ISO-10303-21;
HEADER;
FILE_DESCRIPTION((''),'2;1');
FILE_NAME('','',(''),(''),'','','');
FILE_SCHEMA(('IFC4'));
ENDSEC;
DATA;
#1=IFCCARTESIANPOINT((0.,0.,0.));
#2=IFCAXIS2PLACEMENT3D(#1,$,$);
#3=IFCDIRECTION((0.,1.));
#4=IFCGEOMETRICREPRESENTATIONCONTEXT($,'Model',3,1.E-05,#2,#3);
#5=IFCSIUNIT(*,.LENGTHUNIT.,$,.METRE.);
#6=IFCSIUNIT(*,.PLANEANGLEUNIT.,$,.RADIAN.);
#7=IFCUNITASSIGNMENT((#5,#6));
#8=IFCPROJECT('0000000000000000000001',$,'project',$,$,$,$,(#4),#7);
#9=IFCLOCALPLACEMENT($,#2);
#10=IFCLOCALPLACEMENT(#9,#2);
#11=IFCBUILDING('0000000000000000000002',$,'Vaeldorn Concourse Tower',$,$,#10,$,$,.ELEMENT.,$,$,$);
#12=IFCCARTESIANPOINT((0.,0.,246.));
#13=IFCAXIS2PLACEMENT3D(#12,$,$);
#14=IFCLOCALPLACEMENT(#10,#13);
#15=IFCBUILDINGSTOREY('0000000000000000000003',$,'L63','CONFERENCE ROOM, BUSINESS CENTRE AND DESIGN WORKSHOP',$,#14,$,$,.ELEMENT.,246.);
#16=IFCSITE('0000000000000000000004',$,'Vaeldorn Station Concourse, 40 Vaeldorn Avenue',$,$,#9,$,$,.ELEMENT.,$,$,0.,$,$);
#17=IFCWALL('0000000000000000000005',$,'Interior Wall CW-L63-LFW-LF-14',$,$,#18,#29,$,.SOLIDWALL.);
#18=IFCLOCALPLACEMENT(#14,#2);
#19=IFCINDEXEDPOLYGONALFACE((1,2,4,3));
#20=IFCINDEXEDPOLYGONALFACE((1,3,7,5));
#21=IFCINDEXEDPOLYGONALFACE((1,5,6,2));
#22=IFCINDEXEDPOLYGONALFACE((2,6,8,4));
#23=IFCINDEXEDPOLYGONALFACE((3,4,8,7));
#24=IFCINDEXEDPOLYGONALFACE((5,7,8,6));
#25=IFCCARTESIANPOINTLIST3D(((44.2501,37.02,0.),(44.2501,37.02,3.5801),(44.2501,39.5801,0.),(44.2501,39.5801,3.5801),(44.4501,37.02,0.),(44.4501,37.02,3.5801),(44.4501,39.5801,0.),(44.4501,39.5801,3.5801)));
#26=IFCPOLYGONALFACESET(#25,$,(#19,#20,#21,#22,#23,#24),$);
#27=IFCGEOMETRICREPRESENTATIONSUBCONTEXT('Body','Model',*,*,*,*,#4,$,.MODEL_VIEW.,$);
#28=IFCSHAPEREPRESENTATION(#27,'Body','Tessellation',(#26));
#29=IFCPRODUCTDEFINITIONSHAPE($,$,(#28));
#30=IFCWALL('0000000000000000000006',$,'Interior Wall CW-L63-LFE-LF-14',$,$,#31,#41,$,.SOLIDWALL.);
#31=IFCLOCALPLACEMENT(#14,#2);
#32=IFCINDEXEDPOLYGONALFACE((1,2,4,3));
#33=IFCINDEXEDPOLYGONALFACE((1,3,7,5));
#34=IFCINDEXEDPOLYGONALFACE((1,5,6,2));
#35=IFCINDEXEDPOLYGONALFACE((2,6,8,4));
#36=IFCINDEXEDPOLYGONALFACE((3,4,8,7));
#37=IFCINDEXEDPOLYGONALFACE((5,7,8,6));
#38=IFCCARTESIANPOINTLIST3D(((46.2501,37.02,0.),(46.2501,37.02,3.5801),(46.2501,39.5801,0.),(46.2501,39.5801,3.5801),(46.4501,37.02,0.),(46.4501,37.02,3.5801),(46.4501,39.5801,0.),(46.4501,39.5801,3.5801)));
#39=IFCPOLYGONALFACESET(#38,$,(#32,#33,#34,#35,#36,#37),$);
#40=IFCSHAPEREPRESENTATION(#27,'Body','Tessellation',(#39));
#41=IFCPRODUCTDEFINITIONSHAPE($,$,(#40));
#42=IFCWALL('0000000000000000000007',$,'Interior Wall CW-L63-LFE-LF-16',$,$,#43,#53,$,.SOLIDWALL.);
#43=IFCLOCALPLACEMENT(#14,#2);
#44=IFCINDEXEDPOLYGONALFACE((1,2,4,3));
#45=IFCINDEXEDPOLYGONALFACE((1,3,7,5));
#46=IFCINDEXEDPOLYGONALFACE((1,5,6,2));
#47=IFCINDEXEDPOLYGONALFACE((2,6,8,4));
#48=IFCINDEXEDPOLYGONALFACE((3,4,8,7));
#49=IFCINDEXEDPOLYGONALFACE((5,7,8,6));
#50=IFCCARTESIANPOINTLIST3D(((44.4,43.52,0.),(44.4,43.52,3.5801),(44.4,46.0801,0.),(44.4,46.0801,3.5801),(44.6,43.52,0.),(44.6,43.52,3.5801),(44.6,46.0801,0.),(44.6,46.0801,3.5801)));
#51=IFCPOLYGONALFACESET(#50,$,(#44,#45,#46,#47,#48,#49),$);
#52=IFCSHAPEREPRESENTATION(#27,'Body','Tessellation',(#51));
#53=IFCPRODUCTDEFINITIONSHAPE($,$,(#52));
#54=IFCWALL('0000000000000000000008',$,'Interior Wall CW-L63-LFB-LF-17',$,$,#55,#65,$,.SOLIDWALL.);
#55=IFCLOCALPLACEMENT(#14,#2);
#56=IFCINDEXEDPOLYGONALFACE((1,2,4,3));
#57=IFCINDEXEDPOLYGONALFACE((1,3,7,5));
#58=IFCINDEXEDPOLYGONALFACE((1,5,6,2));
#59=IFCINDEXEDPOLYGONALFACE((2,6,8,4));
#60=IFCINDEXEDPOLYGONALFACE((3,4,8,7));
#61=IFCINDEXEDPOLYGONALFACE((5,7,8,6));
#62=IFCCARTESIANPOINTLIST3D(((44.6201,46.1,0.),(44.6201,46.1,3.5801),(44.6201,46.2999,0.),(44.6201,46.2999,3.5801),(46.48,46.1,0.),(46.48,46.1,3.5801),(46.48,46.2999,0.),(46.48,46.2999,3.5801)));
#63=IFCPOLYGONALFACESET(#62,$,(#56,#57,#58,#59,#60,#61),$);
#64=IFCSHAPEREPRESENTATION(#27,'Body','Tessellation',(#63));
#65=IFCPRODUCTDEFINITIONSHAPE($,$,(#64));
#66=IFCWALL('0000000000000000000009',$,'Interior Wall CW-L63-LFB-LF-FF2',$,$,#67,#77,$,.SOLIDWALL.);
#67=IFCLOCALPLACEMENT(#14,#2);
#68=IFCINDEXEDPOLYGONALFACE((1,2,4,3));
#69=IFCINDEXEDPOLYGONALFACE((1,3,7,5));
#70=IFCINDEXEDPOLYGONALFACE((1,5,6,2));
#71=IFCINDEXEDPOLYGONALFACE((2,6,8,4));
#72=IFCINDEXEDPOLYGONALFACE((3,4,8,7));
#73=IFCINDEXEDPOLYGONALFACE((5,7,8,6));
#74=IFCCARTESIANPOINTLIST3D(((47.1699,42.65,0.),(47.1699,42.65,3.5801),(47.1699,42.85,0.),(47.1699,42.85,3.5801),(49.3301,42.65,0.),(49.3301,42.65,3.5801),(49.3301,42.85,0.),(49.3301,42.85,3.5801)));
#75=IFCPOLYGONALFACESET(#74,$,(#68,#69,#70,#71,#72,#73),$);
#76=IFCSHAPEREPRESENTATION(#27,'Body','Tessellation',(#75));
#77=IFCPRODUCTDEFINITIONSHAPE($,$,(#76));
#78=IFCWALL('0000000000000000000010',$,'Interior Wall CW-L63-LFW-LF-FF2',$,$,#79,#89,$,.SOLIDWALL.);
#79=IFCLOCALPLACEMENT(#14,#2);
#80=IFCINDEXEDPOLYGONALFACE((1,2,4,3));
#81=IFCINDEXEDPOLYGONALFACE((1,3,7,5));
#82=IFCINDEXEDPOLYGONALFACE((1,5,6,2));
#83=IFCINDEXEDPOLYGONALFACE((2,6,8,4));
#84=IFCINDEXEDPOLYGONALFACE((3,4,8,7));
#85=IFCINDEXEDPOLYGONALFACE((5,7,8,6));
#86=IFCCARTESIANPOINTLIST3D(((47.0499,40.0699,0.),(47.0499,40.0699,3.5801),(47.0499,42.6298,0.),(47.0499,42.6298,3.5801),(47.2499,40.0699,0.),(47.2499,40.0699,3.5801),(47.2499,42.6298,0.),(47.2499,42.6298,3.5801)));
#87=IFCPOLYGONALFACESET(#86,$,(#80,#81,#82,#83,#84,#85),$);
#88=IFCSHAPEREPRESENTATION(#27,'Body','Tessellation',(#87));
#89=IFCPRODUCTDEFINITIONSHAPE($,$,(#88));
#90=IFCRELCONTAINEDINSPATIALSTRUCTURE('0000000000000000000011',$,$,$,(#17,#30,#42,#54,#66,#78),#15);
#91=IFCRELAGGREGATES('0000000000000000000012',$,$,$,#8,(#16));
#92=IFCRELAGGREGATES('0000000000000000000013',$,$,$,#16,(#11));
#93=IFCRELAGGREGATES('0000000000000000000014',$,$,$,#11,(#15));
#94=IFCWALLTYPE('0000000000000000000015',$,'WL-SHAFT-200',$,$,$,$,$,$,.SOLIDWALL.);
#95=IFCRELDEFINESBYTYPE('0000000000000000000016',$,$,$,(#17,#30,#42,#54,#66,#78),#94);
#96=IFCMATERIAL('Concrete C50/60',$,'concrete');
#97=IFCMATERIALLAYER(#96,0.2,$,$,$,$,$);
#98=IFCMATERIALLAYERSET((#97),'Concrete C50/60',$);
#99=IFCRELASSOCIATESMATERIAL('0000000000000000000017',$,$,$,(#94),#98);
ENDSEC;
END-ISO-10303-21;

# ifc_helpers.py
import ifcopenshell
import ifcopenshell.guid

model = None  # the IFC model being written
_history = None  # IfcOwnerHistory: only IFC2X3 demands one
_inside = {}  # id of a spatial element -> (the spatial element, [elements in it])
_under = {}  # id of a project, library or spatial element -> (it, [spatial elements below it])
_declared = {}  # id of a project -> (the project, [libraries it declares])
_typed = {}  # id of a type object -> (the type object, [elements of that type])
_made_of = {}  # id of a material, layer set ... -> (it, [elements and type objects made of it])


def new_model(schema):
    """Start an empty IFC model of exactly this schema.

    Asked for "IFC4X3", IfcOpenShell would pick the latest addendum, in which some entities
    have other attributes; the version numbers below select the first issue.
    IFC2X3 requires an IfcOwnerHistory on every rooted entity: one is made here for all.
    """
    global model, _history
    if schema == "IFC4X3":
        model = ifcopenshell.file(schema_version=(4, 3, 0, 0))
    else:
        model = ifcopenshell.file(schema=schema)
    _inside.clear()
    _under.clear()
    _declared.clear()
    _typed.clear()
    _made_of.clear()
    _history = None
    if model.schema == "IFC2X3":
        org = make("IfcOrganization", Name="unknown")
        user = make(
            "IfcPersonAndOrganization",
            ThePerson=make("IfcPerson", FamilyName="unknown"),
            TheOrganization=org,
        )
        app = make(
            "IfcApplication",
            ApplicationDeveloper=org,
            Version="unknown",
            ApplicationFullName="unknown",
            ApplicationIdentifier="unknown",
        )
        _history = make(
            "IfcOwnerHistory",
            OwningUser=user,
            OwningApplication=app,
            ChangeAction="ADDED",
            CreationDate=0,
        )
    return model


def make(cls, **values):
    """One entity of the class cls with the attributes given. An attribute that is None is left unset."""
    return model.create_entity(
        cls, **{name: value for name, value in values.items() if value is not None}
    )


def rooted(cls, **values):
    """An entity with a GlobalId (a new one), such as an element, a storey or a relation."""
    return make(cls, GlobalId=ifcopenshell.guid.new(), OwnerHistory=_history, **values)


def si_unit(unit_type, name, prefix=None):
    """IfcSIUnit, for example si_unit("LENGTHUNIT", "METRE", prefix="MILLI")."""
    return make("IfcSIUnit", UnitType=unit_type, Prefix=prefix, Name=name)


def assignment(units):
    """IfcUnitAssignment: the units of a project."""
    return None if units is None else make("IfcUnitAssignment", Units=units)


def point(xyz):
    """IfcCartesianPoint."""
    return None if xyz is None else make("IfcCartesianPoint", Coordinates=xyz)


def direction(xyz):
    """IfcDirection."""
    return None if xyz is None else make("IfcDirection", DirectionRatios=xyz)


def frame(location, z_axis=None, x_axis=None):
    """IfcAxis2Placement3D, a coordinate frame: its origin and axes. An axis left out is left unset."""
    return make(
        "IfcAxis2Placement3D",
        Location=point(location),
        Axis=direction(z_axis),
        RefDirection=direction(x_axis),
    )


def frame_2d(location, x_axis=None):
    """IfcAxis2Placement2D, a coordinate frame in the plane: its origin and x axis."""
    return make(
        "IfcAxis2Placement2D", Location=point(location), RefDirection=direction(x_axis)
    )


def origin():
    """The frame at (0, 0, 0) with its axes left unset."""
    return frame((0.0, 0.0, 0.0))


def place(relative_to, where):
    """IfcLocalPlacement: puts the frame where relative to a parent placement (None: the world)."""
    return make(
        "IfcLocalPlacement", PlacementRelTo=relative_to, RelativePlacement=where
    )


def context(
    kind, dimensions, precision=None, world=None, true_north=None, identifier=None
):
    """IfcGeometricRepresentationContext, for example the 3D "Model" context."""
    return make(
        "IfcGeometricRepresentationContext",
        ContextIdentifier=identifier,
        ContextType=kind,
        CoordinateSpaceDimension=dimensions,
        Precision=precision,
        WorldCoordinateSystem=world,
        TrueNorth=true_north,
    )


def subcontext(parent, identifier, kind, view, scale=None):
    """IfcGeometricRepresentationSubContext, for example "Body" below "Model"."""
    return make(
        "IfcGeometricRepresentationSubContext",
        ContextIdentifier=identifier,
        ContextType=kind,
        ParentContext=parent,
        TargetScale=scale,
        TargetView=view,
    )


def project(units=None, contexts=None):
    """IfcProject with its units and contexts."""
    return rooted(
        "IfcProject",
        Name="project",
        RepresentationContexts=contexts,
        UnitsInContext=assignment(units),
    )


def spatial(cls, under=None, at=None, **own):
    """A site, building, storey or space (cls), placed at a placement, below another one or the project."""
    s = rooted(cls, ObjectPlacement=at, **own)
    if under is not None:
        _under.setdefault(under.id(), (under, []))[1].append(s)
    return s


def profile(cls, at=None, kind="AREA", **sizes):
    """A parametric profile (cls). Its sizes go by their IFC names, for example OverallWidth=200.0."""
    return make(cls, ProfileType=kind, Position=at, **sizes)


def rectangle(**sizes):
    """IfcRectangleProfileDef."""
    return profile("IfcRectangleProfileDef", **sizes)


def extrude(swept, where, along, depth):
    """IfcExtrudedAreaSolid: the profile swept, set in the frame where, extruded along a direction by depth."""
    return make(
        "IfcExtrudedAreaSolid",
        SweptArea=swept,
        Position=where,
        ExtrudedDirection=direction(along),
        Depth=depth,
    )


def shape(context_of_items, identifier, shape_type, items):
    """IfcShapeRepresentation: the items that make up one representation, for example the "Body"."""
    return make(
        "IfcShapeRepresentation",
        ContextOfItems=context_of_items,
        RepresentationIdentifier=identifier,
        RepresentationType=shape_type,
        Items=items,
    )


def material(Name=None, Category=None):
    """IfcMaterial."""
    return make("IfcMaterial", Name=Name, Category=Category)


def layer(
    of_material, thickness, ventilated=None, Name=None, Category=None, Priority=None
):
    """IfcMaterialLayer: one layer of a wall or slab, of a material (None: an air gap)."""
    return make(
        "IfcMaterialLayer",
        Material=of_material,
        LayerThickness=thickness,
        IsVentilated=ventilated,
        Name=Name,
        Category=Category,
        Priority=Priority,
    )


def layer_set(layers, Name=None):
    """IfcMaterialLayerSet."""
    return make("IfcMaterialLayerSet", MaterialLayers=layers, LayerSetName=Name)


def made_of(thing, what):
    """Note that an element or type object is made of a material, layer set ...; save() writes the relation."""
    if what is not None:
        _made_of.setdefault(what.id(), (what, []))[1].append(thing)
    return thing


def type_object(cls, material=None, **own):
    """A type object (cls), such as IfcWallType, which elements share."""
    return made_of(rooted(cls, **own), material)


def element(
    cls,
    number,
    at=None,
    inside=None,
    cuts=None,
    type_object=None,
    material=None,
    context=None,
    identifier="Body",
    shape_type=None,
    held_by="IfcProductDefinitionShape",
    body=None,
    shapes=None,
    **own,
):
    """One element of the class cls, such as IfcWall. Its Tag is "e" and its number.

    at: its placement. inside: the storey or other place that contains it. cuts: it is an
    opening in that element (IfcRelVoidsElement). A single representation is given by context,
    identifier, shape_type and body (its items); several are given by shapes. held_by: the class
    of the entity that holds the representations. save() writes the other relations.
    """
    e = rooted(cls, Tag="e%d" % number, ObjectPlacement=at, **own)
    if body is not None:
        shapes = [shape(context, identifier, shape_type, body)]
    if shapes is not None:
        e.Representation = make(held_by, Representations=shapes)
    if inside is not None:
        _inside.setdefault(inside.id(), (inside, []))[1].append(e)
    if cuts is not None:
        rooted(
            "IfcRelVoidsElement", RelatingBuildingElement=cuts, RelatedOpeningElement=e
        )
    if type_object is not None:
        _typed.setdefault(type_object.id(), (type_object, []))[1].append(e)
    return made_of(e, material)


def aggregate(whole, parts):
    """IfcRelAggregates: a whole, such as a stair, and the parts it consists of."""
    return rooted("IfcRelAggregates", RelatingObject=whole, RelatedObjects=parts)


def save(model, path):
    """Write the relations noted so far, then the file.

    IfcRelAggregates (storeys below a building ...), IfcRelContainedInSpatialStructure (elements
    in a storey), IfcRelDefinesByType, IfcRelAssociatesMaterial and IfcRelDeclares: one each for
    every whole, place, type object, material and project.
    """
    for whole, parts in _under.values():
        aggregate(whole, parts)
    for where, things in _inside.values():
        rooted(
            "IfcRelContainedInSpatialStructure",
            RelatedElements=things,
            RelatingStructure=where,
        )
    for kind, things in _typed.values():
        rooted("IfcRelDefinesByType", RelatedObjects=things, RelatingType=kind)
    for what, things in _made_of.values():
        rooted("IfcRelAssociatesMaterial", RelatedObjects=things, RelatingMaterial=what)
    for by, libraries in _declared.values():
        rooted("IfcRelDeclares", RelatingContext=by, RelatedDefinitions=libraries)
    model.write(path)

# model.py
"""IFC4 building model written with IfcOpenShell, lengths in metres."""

from ifc_helpers import new_model, si_unit, direction, frame, frame_2d, origin, place, context, subcontext, project, spatial, rectangle, extrude, material, layer, layer_set, type_object, element, save


model = new_model("IFC4")

# Units and contexts
model_context = context("Model", 3, precision=1e-05, world=origin(), true_north=direction((0.0, 1.0)))
body_context = subcontext(model_context, "Body", "Model", "MODEL_VIEW")
ifc_project = project(units=[si_unit("LENGTHUNIT", "METRE"), si_unit("PLANEANGLEUNIT", "RADIAN")], contexts=[model_context])

# Site, building, storey
site_placement = place(None, origin())
site = spatial("IfcSite", under=ifc_project, at=site_placement, Name="Vaeldorn Station Concourse, 40 Vaeldorn Avenue", CompositionType="ELEMENT", RefElevation=0.0)
building_placement = place(site_placement, origin())
building = spatial("IfcBuilding", under=site, at=building_placement, Name="Vaeldorn Concourse Tower", CompositionType="ELEMENT")
storey_placement = place(building_placement, frame((0.0, 0.0, 246.0)))
storey = spatial("IfcBuildingStorey", under=building, at=storey_placement, Name="L63", Description="CONFERENCE ROOM, BUSINESS CENTRE AND DESIGN WORKSHOP", CompositionType="ELEMENT", Elevation=246.0)

# Shared definitions
ifc_material_1 = material(Name="Concrete C50/60", Category="concrete")

# Shared definitions
ifc_layer_1 = layer(ifc_material_1, 0.2)
ifc_layer_set_1 = layer_set([ifc_layer_1], Name="Concrete C50/60")
wall_type_1 = type_object("IfcWallType", Name="WL-SHAFT-200", PredefinedType="SOLIDWALL", material=ifc_layer_set_1)

# Walls
for number, where, z_axis, x_axis, name in (
    (1, (44.3501, 37.02, 0.0), (0.0, 0.0, 1.0), (0.0, 1.0, 0.0), "Interior Wall CW-L63-LFW-LF-14"),
    (2, (46.3501, 37.02, 0.0), (0.0, 0.0, 1.0), (0.0, 1.0, 0.0), "Interior Wall CW-L63-LFE-LF-14"),
    (3, (44.5, 43.52, 0.0), (0.0, 0.0, 1.0), (0.0, 1.0, 0.0), "Interior Wall CW-L63-LFE-LF-16"),
):
    element("IfcWall", number, at=place(storey_placement, frame(where, z_axis=z_axis, x_axis=x_axis)), inside=storey, type_object=wall_type_1, Name=name, PredefinedType="SOLIDWALL", context=body_context, shape_type="SweptSolid", body=[
        extrude(rectangle(XDim=2.5601, YDim=0.2, at=frame_2d((1.28, 0.0))), origin(), (0.0, 0.0, 1.0), 3.5801),
    ])

# Wall
wall_1_placement = place(storey_placement, frame((44.6201, 46.2, 0.0), z_axis=(0.0, 0.0, 1.0), x_axis=(1.0, 0.0, 0.0)))
element("IfcWall", 4, at=wall_1_placement, inside=storey, type_object=wall_type_1, Name="Interior Wall CW-L63-LFB-LF-17", PredefinedType="SOLIDWALL", context=body_context, shape_type="SweptSolid", body=[
    extrude(rectangle(XDim=1.8599, YDim=0.2, at=frame_2d((0.9299, 0.0))), origin(), (0.0, 0.0, 1.0), 3.5801),
])

# Walls
wall_2_placement = place(storey_placement, frame((47.1699, 42.75, 0.0), z_axis=(0.0, 0.0, 1.0), x_axis=(1.0, 0.0, 0.0)))
element("IfcWall", 5, at=wall_2_placement, inside=storey, type_object=wall_type_1, Name="Interior Wall CW-L63-LFB-LF-FF2", PredefinedType="SOLIDWALL", context=body_context, shape_type="SweptSolid", body=[
    extrude(rectangle(XDim=2.1602, YDim=0.2, at=frame_2d((1.0801, 0.0))), origin(), (0.0, 0.0, 1.0), 3.5801),
])
wall_3_placement = place(storey_placement, frame((47.1499, 40.0701, 0.0), z_axis=(0.0, 0.0, 1.0), x_axis=(0.0, 1.0, 0.0)))
element("IfcWall", 6, at=wall_3_placement, inside=storey, type_object=wall_type_1, Name="Interior Wall CW-L63-LFW-LF-FF2", PredefinedType="SOLIDWALL", context=body_context, shape_type="SweptSolid", body=[
    extrude(rectangle(XDim=2.5598, YDim=0.2, at=frame_2d((1.2798, 0.0))), origin(), (0.0, 0.0, 1.0), 3.5801),
])

save(model, "model.ifc")
